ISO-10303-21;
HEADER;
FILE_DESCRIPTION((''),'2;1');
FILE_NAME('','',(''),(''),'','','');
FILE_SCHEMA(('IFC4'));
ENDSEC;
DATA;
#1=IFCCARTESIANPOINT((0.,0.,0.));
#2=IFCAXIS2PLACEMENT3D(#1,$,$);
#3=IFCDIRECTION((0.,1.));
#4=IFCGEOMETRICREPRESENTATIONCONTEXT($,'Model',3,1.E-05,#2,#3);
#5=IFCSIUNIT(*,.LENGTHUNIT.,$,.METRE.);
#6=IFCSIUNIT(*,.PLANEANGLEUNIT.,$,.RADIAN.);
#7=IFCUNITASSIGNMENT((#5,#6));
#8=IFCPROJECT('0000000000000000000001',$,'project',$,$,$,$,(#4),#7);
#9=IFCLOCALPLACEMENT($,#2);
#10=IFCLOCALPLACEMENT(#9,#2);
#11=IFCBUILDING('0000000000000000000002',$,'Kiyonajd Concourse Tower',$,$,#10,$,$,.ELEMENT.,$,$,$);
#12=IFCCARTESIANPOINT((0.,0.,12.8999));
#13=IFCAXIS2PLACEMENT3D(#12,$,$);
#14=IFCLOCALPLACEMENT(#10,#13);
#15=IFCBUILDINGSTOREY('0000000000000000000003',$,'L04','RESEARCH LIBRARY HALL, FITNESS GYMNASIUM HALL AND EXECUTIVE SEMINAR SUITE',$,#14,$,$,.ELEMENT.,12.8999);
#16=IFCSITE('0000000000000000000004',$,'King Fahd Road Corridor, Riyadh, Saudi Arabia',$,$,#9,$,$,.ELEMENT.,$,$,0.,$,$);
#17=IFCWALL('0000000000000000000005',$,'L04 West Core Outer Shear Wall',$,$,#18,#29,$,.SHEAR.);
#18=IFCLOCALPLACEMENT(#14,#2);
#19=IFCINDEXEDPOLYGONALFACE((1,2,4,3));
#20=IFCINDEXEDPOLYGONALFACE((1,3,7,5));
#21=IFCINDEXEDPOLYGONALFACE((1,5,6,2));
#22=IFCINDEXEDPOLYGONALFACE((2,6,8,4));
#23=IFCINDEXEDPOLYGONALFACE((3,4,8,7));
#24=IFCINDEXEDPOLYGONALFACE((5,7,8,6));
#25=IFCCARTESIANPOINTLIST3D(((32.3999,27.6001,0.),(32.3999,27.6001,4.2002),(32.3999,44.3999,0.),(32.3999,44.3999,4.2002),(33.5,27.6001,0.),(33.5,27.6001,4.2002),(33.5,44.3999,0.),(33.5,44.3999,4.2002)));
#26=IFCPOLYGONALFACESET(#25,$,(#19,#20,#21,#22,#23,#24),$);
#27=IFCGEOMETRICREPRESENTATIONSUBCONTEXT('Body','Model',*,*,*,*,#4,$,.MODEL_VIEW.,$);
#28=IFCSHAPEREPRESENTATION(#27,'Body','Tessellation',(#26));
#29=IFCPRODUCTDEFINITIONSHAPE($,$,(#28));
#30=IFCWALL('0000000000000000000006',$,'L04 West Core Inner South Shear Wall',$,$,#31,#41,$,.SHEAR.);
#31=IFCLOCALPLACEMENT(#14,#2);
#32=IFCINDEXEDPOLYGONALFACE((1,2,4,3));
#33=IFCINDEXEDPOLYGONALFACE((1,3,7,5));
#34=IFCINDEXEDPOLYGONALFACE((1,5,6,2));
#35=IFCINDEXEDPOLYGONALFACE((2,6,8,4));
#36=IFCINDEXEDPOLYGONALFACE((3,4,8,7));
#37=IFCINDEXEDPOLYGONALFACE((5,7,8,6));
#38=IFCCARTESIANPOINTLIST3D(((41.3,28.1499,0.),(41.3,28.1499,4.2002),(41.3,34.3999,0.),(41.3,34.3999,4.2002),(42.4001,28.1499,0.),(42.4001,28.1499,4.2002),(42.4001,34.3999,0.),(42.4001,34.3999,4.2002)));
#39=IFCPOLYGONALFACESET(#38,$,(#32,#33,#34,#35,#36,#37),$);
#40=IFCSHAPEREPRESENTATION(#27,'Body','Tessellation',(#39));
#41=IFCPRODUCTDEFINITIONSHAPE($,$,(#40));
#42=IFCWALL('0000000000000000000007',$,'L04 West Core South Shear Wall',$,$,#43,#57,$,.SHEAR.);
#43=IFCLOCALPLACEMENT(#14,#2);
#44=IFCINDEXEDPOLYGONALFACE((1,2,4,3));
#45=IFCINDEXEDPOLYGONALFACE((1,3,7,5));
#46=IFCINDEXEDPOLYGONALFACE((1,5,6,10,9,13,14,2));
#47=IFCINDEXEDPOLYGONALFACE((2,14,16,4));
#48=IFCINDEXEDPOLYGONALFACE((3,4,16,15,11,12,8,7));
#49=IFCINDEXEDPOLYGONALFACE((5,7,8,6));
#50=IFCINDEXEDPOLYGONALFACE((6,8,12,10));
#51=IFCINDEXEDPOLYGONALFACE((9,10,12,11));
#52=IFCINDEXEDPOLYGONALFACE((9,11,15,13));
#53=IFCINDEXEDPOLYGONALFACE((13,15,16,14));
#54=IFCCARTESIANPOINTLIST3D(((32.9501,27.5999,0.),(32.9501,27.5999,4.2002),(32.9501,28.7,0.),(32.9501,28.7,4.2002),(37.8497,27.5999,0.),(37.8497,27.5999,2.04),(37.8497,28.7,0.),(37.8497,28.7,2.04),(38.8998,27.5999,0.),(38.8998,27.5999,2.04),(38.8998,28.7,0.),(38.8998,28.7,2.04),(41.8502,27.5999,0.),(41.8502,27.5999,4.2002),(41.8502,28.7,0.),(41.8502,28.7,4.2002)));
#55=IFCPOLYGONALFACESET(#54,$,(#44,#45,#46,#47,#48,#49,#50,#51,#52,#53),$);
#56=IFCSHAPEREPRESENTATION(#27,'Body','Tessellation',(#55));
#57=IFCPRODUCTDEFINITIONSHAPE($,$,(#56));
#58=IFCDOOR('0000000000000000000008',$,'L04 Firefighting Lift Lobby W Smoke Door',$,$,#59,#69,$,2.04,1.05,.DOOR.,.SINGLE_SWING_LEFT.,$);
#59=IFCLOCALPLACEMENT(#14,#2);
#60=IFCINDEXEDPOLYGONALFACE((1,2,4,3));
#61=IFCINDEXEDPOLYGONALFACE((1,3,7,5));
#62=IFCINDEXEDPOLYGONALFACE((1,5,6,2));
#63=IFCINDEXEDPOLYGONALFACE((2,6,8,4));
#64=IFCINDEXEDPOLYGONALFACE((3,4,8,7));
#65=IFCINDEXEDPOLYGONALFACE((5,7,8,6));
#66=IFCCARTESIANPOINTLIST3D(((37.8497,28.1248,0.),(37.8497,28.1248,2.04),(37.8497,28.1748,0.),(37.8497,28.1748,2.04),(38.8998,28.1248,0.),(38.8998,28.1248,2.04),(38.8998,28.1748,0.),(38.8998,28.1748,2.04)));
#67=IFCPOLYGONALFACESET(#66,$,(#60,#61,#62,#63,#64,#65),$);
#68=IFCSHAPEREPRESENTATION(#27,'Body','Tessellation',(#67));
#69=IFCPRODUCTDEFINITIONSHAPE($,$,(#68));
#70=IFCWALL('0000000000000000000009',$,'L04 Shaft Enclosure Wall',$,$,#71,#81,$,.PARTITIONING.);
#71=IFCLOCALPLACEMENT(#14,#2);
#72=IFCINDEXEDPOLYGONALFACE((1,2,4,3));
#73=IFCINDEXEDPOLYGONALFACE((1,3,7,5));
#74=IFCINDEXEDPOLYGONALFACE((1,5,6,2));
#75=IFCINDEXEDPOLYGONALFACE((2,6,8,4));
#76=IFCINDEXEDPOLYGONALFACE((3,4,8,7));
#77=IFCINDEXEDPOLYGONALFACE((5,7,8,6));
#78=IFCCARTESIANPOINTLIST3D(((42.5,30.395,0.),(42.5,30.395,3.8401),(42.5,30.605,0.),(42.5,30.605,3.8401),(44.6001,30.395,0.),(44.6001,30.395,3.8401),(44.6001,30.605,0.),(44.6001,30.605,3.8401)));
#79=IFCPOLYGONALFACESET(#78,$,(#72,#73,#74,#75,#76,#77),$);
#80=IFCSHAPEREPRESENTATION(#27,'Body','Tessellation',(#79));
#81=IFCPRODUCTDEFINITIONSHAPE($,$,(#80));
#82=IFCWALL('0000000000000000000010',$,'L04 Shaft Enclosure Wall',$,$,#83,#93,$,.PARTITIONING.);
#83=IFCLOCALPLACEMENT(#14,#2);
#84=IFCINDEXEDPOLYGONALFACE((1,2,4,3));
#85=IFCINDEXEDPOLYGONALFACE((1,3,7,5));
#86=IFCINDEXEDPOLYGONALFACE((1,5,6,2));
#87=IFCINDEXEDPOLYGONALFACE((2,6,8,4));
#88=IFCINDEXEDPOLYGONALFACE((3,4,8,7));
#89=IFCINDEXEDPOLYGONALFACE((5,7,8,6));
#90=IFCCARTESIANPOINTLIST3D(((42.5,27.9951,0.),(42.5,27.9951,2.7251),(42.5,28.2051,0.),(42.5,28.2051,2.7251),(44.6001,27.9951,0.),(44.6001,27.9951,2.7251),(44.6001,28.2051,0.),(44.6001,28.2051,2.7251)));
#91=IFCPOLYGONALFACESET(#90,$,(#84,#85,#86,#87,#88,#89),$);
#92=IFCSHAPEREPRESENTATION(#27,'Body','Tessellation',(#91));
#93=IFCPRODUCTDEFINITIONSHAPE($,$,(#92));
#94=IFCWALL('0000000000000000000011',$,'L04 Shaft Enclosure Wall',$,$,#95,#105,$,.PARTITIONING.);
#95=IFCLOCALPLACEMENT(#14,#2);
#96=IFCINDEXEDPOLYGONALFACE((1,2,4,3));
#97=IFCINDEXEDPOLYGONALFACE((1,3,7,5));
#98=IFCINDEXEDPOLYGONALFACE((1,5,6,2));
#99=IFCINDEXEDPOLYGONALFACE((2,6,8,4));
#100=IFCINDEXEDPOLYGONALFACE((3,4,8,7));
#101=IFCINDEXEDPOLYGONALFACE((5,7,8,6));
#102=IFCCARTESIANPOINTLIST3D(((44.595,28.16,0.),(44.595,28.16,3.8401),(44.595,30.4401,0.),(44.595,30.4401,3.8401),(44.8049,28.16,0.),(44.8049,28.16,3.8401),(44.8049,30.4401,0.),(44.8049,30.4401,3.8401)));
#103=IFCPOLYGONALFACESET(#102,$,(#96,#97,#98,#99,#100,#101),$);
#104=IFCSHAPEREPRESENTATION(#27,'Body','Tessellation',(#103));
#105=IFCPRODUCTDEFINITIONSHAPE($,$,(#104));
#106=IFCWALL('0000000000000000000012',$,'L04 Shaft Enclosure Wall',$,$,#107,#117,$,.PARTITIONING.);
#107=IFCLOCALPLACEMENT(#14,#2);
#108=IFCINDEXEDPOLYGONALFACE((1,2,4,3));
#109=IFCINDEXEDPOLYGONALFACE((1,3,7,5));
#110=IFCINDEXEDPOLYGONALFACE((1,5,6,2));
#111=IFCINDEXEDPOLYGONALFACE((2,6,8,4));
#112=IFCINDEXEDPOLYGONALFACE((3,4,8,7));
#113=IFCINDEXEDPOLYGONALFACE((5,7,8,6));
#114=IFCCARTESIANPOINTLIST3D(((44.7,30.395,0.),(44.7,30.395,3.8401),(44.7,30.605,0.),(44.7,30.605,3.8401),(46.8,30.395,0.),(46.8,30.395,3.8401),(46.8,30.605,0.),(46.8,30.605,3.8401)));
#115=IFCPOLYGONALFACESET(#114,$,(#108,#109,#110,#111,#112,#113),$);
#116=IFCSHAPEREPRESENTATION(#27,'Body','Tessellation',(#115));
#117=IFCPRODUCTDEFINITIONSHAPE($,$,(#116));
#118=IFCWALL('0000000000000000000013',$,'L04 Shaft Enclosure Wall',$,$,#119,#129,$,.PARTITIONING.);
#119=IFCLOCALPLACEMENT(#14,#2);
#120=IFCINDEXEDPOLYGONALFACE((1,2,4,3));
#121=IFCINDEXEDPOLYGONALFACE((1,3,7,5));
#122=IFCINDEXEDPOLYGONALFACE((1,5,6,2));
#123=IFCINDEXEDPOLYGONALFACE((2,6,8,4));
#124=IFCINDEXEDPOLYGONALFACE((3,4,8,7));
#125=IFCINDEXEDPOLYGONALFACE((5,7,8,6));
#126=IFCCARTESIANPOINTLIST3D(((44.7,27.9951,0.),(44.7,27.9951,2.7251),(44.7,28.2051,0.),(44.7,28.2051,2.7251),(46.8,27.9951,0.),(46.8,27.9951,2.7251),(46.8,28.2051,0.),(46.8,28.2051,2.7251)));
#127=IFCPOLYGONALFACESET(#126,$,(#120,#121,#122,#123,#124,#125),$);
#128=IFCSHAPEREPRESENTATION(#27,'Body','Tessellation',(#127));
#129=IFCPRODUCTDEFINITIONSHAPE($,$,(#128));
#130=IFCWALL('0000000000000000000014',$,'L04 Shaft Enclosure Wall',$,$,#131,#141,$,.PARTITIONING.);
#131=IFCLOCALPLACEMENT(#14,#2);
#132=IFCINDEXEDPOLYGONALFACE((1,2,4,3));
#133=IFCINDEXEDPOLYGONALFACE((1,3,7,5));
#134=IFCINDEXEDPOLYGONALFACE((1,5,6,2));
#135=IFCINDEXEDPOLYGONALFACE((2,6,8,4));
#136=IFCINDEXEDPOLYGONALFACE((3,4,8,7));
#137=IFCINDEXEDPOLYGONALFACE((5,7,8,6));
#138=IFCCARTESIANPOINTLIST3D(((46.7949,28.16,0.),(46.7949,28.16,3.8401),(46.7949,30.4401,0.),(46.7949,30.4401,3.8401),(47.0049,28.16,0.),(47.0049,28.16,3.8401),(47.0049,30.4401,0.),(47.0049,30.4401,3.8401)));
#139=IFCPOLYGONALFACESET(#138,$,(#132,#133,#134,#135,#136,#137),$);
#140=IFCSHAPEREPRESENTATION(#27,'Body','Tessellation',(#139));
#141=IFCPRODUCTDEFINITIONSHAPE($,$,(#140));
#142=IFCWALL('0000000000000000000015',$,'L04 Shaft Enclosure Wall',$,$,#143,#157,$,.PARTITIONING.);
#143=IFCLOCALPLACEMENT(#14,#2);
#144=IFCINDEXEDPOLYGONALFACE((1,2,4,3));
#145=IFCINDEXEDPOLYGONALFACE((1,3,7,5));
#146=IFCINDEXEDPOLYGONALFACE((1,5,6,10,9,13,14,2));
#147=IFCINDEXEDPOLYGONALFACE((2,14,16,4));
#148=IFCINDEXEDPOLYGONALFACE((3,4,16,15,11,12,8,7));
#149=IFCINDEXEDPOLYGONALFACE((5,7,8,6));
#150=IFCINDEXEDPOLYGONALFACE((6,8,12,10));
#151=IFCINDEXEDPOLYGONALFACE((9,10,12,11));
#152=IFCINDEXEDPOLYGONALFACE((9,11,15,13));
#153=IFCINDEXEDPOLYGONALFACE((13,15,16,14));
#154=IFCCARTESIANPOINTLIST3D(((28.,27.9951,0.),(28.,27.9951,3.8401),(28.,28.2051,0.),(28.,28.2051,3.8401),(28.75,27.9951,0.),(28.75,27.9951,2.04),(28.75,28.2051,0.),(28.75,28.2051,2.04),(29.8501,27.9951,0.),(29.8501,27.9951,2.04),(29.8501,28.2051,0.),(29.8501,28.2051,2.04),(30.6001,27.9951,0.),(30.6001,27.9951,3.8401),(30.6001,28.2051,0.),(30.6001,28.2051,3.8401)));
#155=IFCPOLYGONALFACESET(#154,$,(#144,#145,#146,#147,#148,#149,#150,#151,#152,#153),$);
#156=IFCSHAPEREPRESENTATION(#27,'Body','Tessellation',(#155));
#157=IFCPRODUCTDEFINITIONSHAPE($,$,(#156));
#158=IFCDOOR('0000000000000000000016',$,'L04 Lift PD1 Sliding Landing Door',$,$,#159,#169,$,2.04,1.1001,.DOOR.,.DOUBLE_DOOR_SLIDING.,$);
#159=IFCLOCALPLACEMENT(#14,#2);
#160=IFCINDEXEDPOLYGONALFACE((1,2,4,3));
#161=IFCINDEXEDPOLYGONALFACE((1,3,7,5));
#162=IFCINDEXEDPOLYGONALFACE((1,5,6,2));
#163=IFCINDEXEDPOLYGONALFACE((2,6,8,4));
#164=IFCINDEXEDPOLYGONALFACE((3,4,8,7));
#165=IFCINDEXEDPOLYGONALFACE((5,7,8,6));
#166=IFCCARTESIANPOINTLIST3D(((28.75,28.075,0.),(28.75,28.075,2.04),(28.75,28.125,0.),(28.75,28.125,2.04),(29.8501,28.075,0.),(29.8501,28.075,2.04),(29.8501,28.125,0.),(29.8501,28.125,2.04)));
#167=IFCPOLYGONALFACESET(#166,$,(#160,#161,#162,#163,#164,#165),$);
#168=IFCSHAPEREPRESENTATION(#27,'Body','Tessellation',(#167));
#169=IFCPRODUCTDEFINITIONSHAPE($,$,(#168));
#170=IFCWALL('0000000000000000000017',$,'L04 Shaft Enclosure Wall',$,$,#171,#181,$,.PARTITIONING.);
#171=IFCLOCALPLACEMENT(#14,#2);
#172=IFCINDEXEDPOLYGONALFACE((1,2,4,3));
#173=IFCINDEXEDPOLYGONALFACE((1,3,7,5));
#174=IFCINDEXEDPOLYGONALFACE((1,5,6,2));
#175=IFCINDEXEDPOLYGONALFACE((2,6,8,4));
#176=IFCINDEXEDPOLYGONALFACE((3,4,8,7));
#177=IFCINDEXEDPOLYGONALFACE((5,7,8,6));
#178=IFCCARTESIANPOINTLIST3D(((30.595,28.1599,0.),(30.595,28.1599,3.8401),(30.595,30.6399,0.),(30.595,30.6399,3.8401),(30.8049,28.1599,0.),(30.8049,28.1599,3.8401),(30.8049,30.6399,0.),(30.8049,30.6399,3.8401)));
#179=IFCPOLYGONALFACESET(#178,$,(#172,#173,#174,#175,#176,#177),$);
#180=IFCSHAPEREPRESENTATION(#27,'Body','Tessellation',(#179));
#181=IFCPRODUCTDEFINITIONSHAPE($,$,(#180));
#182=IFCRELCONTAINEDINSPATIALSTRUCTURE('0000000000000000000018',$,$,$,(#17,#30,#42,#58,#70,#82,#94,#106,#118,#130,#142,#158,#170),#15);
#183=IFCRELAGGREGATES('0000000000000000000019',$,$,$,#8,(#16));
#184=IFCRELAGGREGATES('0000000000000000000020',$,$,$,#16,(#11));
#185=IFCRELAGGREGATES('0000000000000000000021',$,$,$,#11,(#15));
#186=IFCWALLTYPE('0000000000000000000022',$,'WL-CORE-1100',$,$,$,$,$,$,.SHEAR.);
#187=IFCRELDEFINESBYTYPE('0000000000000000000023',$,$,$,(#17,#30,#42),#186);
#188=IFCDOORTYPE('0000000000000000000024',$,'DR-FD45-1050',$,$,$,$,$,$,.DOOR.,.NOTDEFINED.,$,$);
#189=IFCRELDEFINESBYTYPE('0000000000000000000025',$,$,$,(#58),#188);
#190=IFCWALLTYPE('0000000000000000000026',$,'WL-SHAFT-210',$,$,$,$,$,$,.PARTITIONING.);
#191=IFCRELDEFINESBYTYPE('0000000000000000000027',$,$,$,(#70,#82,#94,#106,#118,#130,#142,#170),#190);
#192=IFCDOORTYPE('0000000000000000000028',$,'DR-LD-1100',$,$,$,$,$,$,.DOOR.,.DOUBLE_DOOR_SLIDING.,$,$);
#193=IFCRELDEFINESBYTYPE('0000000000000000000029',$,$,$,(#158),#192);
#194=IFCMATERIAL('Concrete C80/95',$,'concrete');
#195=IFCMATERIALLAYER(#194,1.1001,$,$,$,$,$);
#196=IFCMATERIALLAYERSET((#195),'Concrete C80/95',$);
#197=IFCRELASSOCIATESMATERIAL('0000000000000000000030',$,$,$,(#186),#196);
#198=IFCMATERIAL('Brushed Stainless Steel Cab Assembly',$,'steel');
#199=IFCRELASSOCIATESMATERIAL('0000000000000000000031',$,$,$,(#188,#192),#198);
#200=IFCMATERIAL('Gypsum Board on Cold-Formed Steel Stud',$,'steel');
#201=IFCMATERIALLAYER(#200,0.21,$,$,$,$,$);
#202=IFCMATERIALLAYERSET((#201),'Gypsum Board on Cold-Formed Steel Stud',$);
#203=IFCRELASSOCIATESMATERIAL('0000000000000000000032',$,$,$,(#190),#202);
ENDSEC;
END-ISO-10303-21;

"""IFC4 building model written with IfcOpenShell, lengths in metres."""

from ifc_helpers import new_model, si_unit, direction, frame, frame_2d, origin, place, context, subcontext, project, spatial, rectangle, extrude, material, layer, layer_set, type_object, element, fill, save


model = new_model("IFC4")

# Units and contexts
model_context = context("Model", 3, precision=1e-05, world=origin(), true_north=direction((0.0, 1.0)))
body_context = subcontext(model_context, "Body", "Model", "MODEL_VIEW")
ifc_project = project(units=[si_unit("LENGTHUNIT", "METRE"), si_unit("PLANEANGLEUNIT", "RADIAN")], contexts=[model_context])

# Site, building, storey
site_placement = place(None, origin())
site = spatial("IfcSite", under=ifc_project, at=site_placement, Name="King Fahd Road Corridor, Riyadh, Saudi Arabia", CompositionType="ELEMENT", RefElevation=0.0)
building_placement = place(site_placement, origin())
building = spatial("IfcBuilding", under=site, at=building_placement, Name="Kiyonajd Concourse Tower", CompositionType="ELEMENT")
storey_placement = place(building_placement, frame((0.0, 0.0, 12.8999)))
storey = spatial("IfcBuildingStorey", under=building, at=storey_placement, Name="L04", Description="RESEARCH LIBRARY HALL, FITNESS GYMNASIUM HALL AND EXECUTIVE SEMINAR SUITE", CompositionType="ELEMENT", Elevation=12.8999)

# Shared definitions
ifc_material_1 = material(Name="Concrete C80/95", Category="concrete")

# Walls
ifc_layer_1 = layer(ifc_material_1, 1.1001)
ifc_layer_set_1 = layer_set([ifc_layer_1], Name="Concrete C80/95")
wall_type_1 = type_object("IfcWallType", Name="WL-CORE-1100", PredefinedType="SHEAR", material=ifc_layer_set_1)
wall_1_placement = place(storey_placement, frame((32.95, 27.6001, 0.0), z_axis=(0.0, 0.0, 1.0), x_axis=(0.0, 1.0, 0.0)))
element("IfcWall", 1, at=wall_1_placement, inside=storey, type_object=wall_type_1, Name="L04 West Core Outer Shear Wall", PredefinedType="SHEAR", context=body_context, shape_type="SweptSolid", body=[
    extrude(rectangle(XDim=16.7998, YDim=1.1001, at=frame_2d((8.3999, 0.0))), origin(), (0.0, 0.0, 1.0), 4.2002),
])
wall_2_placement = place(storey_placement, frame((41.8501, 28.1499, 0.0), z_axis=(0.0, 0.0, 1.0), x_axis=(0.0, 1.0, 0.0)))
element("IfcWall", 2, at=wall_2_placement, inside=storey, type_object=wall_type_1, Name="L04 West Core Inner South Shear Wall", PredefinedType="SHEAR", context=body_context, shape_type="SweptSolid", body=[
    extrude(rectangle(XDim=6.25, YDim=1.1001, at=frame_2d((3.125, 0.0))), origin(), (0.0, 0.0, 1.0), 4.2002),
])

# Wall, opening, door
wall_3_placement = place(storey_placement, frame((32.95, 28.1499, 0.0), z_axis=(0.0, 0.0, 1.0), x_axis=(1.0, 0.0, 0.0)))
wall_3 = element("IfcWall", 3, at=wall_3_placement, inside=storey, type_object=wall_type_1, Name="L04 West Core South Shear Wall", PredefinedType="SHEAR", context=body_context, shape_type="SweptSolid", body=[
    extrude(rectangle(XDim=8.9001, YDim=1.1001, at=frame_2d((4.4502, 0.0))), origin(), (0.0, 0.0, 1.0), 4.2002),
])
opening_1_placement = place(wall_3_placement, frame((4.8999, 0.0, 0.0)))
opening_1 = element("IfcOpeningElement", 4, at=opening_1_placement, cuts=wall_3, PredefinedType="OPENING", context=body_context, shape_type="SweptSolid", body=[
    extrude(rectangle(XDim=1.05, YDim=2.04, at=frame_2d((0.5249, 1.02))), frame((0.0, 0.5601, 0.0), z_axis=(0.0, -1.0, 0.0), x_axis=(1.0, 0.0, 0.0)), (0.0, 0.0, 1.0), 1.1201),
])
ifc_material_2 = material(Name="Brushed Stainless Steel Cab Assembly", Category="steel")
door_type_1 = type_object("IfcDoorType", Name="DR-FD45-1050", OperationType="NOTDEFINED", PredefinedType="DOOR", material=ifc_material_2)
door_1_placement = place(opening_1_placement, origin())
door_1 = element("IfcDoor", 5, at=door_1_placement, inside=storey, type_object=door_type_1, Name="L04 Firefighting Lift Lobby W Smoke Door", OperationType="SINGLE_SWING_LEFT", OverallHeight=2.04, OverallWidth=1.05, PredefinedType="DOOR", context=body_context, shape_type="SweptSolid", body=[
    extrude(rectangle(XDim=1.05, YDim=2.04, at=frame_2d((0.5249, 1.02))), frame((0.0, 0.0249, 0.0), z_axis=(0.0, -1.0, 0.0), x_axis=(1.0, 0.0, 0.0)), (0.0, 0.0, 1.0), 0.05),
])
fill(opening_1, door_1)

# Walls
ifc_material_3 = material(Name="Gypsum Board on Cold-Formed Steel Stud", Category="steel")
ifc_layer_2 = layer(ifc_material_3, 0.21)
ifc_layer_set_2 = layer_set([ifc_layer_2], Name="Gypsum Board on Cold-Formed Steel Stud")
wall_type_2 = type_object("IfcWallType", Name="WL-SHAFT-210", PredefinedType="PARTITIONING", material=ifc_layer_set_2)
wall_4_placement = place(storey_placement, frame((42.5, 30.5, 0.0), z_axis=(0.0, 0.0, 1.0), x_axis=(1.0, 0.0, 0.0)))
element("IfcWall", 6, at=wall_4_placement, inside=storey, type_object=wall_type_2, Name="L04 Shaft Enclosure Wall", PredefinedType="PARTITIONING", context=body_context, shape_type="SweptSolid", body=[
    extrude(rectangle(XDim=2.1001, YDim=0.21, at=frame_2d((1.05, 0.0))), origin(), (0.0, 0.0, 1.0), 3.8401),
])
wall_5_placement = place(storey_placement, frame((42.5, 28.1001, 0.0), z_axis=(0.0, 0.0, 1.0), x_axis=(1.0, 0.0, 0.0)))
element("IfcWall", 7, at=wall_5_placement, inside=storey, type_object=wall_type_2, Name="L04 Shaft Enclosure Wall", PredefinedType="PARTITIONING", context=body_context, shape_type="SweptSolid", body=[
    extrude(rectangle(XDim=2.1001, YDim=0.21, at=frame_2d((1.05, 0.0))), origin(), (0.0, 0.0, 1.0), 2.7251),
])
wall_6_placement = place(storey_placement, frame((44.7, 28.1599, 0.0), z_axis=(0.0, 0.0, 1.0), x_axis=(0.0, 1.0, 0.0)))
element("IfcWall", 8, at=wall_6_placement, inside=storey, type_object=wall_type_2, Name="L04 Shaft Enclosure Wall", PredefinedType="PARTITIONING", context=body_context, shape_type="SweptSolid", body=[
    extrude(rectangle(XDim=2.28, YDim=0.21, at=frame_2d((1.1401, 0.0))), origin(), (0.0, 0.0, 1.0), 3.8401),
])
wall_7_placement = place(storey_placement, frame((44.7, 30.5, 0.0), z_axis=(0.0, 0.0, 1.0), x_axis=(1.0, 0.0, 0.0)))
element("IfcWall", 9, at=wall_7_placement, inside=storey, type_object=wall_type_2, Name="L04 Shaft Enclosure Wall", PredefinedType="PARTITIONING", context=body_context, shape_type="SweptSolid", body=[
    extrude(rectangle(XDim=2.1001, YDim=0.21, at=frame_2d((1.05, 0.0))), origin(), (0.0, 0.0, 1.0), 3.8401),
])
wall_8_placement = place(storey_placement, frame((44.7, 28.1001, 0.0), z_axis=(0.0, 0.0, 1.0), x_axis=(1.0, 0.0, 0.0)))
element("IfcWall", 10, at=wall_8_placement, inside=storey, type_object=wall_type_2, Name="L04 Shaft Enclosure Wall", PredefinedType="PARTITIONING", context=body_context, shape_type="SweptSolid", body=[
    extrude(rectangle(XDim=2.1001, YDim=0.21, at=frame_2d((1.05, 0.0))), origin(), (0.0, 0.0, 1.0), 2.7251),
])
wall_9_placement = place(storey_placement, frame((46.8999, 28.1599, 0.0), z_axis=(0.0, 0.0, 1.0), x_axis=(0.0, 1.0, 0.0)))
element("IfcWall", 11, at=wall_9_placement, inside=storey, type_object=wall_type_2, Name="L04 Shaft Enclosure Wall", PredefinedType="PARTITIONING", context=body_context, shape_type="SweptSolid", body=[
    extrude(rectangle(XDim=2.28, YDim=0.21, at=frame_2d((1.1401, 0.0))), origin(), (0.0, 0.0, 1.0), 3.8401),
])

# Wall, opening, door
wall_10_placement = place(storey_placement, frame((28.0, 28.1001, 0.0), z_axis=(0.0, 0.0, 1.0), x_axis=(1.0, 0.0, 0.0)))
wall_10 = element("IfcWall", 12, at=wall_10_placement, inside=storey, type_object=wall_type_2, Name="L04 Shaft Enclosure Wall", PredefinedType="PARTITIONING", context=body_context, shape_type="SweptSolid", body=[
    extrude(rectangle(XDim=2.6001, YDim=0.21, at=frame_2d((1.3, 0.0))), origin(), (0.0, 0.0, 1.0), 3.8401),
])
opening_2_placement = place(wall_10_placement, frame((0.75, 0.0, 0.0)))
opening_2 = element("IfcOpeningElement", 13, at=opening_2_placement, cuts=wall_10, PredefinedType="OPENING", context=body_context, shape_type="SweptSolid", body=[
    extrude(rectangle(XDim=1.1001, YDim=2.04, at=frame_2d((0.55, 1.02))), frame((0.0, 0.115, 0.0), z_axis=(0.0, -1.0, 0.0), x_axis=(1.0, 0.0, 0.0)), (0.0, 0.0, 1.0), 0.23),
])
door_type_2 = type_object("IfcDoorType", Name="DR-LD-1100", OperationType="DOUBLE_DOOR_SLIDING", PredefinedType="DOOR", material=ifc_material_2)
door_2_placement = place(opening_2_placement, origin())
door_2 = element("IfcDoor", 14, at=door_2_placement, inside=storey, type_object=door_type_2, Name="L04 Lift PD1 Sliding Landing Door", OperationType="DOUBLE_DOOR_SLIDING", OverallHeight=2.04, OverallWidth=1.1001, PredefinedType="DOOR", context=body_context, shape_type="SweptSolid", body=[
    extrude(rectangle(XDim=1.1001, YDim=2.04, at=frame_2d((0.55, 1.02))), frame((0.0, 0.0249, 0.0), z_axis=(0.0, -1.0, 0.0), x_axis=(1.0, 0.0, 0.0)), (0.0, 0.0, 1.0), 0.05),
])
fill(opening_2, door_2)

# Wall
wall_11_placement = place(storey_placement, frame((30.7, 28.1599, 0.0), z_axis=(0.0, 0.0, 1.0), x_axis=(0.0, 1.0, 0.0)))
element("IfcWall", 15, at=wall_11_placement, inside=storey, type_object=wall_type_2, Name="L04 Shaft Enclosure Wall", PredefinedType="PARTITIONING", context=body_context, shape_type="SweptSolid", body=[
    extrude(rectangle(XDim=2.48, YDim=0.21, at=frame_2d((1.24, 0.0))), origin(), (0.0, 0.0, 1.0), 3.8401),
])

save(model, "model.ifc")
